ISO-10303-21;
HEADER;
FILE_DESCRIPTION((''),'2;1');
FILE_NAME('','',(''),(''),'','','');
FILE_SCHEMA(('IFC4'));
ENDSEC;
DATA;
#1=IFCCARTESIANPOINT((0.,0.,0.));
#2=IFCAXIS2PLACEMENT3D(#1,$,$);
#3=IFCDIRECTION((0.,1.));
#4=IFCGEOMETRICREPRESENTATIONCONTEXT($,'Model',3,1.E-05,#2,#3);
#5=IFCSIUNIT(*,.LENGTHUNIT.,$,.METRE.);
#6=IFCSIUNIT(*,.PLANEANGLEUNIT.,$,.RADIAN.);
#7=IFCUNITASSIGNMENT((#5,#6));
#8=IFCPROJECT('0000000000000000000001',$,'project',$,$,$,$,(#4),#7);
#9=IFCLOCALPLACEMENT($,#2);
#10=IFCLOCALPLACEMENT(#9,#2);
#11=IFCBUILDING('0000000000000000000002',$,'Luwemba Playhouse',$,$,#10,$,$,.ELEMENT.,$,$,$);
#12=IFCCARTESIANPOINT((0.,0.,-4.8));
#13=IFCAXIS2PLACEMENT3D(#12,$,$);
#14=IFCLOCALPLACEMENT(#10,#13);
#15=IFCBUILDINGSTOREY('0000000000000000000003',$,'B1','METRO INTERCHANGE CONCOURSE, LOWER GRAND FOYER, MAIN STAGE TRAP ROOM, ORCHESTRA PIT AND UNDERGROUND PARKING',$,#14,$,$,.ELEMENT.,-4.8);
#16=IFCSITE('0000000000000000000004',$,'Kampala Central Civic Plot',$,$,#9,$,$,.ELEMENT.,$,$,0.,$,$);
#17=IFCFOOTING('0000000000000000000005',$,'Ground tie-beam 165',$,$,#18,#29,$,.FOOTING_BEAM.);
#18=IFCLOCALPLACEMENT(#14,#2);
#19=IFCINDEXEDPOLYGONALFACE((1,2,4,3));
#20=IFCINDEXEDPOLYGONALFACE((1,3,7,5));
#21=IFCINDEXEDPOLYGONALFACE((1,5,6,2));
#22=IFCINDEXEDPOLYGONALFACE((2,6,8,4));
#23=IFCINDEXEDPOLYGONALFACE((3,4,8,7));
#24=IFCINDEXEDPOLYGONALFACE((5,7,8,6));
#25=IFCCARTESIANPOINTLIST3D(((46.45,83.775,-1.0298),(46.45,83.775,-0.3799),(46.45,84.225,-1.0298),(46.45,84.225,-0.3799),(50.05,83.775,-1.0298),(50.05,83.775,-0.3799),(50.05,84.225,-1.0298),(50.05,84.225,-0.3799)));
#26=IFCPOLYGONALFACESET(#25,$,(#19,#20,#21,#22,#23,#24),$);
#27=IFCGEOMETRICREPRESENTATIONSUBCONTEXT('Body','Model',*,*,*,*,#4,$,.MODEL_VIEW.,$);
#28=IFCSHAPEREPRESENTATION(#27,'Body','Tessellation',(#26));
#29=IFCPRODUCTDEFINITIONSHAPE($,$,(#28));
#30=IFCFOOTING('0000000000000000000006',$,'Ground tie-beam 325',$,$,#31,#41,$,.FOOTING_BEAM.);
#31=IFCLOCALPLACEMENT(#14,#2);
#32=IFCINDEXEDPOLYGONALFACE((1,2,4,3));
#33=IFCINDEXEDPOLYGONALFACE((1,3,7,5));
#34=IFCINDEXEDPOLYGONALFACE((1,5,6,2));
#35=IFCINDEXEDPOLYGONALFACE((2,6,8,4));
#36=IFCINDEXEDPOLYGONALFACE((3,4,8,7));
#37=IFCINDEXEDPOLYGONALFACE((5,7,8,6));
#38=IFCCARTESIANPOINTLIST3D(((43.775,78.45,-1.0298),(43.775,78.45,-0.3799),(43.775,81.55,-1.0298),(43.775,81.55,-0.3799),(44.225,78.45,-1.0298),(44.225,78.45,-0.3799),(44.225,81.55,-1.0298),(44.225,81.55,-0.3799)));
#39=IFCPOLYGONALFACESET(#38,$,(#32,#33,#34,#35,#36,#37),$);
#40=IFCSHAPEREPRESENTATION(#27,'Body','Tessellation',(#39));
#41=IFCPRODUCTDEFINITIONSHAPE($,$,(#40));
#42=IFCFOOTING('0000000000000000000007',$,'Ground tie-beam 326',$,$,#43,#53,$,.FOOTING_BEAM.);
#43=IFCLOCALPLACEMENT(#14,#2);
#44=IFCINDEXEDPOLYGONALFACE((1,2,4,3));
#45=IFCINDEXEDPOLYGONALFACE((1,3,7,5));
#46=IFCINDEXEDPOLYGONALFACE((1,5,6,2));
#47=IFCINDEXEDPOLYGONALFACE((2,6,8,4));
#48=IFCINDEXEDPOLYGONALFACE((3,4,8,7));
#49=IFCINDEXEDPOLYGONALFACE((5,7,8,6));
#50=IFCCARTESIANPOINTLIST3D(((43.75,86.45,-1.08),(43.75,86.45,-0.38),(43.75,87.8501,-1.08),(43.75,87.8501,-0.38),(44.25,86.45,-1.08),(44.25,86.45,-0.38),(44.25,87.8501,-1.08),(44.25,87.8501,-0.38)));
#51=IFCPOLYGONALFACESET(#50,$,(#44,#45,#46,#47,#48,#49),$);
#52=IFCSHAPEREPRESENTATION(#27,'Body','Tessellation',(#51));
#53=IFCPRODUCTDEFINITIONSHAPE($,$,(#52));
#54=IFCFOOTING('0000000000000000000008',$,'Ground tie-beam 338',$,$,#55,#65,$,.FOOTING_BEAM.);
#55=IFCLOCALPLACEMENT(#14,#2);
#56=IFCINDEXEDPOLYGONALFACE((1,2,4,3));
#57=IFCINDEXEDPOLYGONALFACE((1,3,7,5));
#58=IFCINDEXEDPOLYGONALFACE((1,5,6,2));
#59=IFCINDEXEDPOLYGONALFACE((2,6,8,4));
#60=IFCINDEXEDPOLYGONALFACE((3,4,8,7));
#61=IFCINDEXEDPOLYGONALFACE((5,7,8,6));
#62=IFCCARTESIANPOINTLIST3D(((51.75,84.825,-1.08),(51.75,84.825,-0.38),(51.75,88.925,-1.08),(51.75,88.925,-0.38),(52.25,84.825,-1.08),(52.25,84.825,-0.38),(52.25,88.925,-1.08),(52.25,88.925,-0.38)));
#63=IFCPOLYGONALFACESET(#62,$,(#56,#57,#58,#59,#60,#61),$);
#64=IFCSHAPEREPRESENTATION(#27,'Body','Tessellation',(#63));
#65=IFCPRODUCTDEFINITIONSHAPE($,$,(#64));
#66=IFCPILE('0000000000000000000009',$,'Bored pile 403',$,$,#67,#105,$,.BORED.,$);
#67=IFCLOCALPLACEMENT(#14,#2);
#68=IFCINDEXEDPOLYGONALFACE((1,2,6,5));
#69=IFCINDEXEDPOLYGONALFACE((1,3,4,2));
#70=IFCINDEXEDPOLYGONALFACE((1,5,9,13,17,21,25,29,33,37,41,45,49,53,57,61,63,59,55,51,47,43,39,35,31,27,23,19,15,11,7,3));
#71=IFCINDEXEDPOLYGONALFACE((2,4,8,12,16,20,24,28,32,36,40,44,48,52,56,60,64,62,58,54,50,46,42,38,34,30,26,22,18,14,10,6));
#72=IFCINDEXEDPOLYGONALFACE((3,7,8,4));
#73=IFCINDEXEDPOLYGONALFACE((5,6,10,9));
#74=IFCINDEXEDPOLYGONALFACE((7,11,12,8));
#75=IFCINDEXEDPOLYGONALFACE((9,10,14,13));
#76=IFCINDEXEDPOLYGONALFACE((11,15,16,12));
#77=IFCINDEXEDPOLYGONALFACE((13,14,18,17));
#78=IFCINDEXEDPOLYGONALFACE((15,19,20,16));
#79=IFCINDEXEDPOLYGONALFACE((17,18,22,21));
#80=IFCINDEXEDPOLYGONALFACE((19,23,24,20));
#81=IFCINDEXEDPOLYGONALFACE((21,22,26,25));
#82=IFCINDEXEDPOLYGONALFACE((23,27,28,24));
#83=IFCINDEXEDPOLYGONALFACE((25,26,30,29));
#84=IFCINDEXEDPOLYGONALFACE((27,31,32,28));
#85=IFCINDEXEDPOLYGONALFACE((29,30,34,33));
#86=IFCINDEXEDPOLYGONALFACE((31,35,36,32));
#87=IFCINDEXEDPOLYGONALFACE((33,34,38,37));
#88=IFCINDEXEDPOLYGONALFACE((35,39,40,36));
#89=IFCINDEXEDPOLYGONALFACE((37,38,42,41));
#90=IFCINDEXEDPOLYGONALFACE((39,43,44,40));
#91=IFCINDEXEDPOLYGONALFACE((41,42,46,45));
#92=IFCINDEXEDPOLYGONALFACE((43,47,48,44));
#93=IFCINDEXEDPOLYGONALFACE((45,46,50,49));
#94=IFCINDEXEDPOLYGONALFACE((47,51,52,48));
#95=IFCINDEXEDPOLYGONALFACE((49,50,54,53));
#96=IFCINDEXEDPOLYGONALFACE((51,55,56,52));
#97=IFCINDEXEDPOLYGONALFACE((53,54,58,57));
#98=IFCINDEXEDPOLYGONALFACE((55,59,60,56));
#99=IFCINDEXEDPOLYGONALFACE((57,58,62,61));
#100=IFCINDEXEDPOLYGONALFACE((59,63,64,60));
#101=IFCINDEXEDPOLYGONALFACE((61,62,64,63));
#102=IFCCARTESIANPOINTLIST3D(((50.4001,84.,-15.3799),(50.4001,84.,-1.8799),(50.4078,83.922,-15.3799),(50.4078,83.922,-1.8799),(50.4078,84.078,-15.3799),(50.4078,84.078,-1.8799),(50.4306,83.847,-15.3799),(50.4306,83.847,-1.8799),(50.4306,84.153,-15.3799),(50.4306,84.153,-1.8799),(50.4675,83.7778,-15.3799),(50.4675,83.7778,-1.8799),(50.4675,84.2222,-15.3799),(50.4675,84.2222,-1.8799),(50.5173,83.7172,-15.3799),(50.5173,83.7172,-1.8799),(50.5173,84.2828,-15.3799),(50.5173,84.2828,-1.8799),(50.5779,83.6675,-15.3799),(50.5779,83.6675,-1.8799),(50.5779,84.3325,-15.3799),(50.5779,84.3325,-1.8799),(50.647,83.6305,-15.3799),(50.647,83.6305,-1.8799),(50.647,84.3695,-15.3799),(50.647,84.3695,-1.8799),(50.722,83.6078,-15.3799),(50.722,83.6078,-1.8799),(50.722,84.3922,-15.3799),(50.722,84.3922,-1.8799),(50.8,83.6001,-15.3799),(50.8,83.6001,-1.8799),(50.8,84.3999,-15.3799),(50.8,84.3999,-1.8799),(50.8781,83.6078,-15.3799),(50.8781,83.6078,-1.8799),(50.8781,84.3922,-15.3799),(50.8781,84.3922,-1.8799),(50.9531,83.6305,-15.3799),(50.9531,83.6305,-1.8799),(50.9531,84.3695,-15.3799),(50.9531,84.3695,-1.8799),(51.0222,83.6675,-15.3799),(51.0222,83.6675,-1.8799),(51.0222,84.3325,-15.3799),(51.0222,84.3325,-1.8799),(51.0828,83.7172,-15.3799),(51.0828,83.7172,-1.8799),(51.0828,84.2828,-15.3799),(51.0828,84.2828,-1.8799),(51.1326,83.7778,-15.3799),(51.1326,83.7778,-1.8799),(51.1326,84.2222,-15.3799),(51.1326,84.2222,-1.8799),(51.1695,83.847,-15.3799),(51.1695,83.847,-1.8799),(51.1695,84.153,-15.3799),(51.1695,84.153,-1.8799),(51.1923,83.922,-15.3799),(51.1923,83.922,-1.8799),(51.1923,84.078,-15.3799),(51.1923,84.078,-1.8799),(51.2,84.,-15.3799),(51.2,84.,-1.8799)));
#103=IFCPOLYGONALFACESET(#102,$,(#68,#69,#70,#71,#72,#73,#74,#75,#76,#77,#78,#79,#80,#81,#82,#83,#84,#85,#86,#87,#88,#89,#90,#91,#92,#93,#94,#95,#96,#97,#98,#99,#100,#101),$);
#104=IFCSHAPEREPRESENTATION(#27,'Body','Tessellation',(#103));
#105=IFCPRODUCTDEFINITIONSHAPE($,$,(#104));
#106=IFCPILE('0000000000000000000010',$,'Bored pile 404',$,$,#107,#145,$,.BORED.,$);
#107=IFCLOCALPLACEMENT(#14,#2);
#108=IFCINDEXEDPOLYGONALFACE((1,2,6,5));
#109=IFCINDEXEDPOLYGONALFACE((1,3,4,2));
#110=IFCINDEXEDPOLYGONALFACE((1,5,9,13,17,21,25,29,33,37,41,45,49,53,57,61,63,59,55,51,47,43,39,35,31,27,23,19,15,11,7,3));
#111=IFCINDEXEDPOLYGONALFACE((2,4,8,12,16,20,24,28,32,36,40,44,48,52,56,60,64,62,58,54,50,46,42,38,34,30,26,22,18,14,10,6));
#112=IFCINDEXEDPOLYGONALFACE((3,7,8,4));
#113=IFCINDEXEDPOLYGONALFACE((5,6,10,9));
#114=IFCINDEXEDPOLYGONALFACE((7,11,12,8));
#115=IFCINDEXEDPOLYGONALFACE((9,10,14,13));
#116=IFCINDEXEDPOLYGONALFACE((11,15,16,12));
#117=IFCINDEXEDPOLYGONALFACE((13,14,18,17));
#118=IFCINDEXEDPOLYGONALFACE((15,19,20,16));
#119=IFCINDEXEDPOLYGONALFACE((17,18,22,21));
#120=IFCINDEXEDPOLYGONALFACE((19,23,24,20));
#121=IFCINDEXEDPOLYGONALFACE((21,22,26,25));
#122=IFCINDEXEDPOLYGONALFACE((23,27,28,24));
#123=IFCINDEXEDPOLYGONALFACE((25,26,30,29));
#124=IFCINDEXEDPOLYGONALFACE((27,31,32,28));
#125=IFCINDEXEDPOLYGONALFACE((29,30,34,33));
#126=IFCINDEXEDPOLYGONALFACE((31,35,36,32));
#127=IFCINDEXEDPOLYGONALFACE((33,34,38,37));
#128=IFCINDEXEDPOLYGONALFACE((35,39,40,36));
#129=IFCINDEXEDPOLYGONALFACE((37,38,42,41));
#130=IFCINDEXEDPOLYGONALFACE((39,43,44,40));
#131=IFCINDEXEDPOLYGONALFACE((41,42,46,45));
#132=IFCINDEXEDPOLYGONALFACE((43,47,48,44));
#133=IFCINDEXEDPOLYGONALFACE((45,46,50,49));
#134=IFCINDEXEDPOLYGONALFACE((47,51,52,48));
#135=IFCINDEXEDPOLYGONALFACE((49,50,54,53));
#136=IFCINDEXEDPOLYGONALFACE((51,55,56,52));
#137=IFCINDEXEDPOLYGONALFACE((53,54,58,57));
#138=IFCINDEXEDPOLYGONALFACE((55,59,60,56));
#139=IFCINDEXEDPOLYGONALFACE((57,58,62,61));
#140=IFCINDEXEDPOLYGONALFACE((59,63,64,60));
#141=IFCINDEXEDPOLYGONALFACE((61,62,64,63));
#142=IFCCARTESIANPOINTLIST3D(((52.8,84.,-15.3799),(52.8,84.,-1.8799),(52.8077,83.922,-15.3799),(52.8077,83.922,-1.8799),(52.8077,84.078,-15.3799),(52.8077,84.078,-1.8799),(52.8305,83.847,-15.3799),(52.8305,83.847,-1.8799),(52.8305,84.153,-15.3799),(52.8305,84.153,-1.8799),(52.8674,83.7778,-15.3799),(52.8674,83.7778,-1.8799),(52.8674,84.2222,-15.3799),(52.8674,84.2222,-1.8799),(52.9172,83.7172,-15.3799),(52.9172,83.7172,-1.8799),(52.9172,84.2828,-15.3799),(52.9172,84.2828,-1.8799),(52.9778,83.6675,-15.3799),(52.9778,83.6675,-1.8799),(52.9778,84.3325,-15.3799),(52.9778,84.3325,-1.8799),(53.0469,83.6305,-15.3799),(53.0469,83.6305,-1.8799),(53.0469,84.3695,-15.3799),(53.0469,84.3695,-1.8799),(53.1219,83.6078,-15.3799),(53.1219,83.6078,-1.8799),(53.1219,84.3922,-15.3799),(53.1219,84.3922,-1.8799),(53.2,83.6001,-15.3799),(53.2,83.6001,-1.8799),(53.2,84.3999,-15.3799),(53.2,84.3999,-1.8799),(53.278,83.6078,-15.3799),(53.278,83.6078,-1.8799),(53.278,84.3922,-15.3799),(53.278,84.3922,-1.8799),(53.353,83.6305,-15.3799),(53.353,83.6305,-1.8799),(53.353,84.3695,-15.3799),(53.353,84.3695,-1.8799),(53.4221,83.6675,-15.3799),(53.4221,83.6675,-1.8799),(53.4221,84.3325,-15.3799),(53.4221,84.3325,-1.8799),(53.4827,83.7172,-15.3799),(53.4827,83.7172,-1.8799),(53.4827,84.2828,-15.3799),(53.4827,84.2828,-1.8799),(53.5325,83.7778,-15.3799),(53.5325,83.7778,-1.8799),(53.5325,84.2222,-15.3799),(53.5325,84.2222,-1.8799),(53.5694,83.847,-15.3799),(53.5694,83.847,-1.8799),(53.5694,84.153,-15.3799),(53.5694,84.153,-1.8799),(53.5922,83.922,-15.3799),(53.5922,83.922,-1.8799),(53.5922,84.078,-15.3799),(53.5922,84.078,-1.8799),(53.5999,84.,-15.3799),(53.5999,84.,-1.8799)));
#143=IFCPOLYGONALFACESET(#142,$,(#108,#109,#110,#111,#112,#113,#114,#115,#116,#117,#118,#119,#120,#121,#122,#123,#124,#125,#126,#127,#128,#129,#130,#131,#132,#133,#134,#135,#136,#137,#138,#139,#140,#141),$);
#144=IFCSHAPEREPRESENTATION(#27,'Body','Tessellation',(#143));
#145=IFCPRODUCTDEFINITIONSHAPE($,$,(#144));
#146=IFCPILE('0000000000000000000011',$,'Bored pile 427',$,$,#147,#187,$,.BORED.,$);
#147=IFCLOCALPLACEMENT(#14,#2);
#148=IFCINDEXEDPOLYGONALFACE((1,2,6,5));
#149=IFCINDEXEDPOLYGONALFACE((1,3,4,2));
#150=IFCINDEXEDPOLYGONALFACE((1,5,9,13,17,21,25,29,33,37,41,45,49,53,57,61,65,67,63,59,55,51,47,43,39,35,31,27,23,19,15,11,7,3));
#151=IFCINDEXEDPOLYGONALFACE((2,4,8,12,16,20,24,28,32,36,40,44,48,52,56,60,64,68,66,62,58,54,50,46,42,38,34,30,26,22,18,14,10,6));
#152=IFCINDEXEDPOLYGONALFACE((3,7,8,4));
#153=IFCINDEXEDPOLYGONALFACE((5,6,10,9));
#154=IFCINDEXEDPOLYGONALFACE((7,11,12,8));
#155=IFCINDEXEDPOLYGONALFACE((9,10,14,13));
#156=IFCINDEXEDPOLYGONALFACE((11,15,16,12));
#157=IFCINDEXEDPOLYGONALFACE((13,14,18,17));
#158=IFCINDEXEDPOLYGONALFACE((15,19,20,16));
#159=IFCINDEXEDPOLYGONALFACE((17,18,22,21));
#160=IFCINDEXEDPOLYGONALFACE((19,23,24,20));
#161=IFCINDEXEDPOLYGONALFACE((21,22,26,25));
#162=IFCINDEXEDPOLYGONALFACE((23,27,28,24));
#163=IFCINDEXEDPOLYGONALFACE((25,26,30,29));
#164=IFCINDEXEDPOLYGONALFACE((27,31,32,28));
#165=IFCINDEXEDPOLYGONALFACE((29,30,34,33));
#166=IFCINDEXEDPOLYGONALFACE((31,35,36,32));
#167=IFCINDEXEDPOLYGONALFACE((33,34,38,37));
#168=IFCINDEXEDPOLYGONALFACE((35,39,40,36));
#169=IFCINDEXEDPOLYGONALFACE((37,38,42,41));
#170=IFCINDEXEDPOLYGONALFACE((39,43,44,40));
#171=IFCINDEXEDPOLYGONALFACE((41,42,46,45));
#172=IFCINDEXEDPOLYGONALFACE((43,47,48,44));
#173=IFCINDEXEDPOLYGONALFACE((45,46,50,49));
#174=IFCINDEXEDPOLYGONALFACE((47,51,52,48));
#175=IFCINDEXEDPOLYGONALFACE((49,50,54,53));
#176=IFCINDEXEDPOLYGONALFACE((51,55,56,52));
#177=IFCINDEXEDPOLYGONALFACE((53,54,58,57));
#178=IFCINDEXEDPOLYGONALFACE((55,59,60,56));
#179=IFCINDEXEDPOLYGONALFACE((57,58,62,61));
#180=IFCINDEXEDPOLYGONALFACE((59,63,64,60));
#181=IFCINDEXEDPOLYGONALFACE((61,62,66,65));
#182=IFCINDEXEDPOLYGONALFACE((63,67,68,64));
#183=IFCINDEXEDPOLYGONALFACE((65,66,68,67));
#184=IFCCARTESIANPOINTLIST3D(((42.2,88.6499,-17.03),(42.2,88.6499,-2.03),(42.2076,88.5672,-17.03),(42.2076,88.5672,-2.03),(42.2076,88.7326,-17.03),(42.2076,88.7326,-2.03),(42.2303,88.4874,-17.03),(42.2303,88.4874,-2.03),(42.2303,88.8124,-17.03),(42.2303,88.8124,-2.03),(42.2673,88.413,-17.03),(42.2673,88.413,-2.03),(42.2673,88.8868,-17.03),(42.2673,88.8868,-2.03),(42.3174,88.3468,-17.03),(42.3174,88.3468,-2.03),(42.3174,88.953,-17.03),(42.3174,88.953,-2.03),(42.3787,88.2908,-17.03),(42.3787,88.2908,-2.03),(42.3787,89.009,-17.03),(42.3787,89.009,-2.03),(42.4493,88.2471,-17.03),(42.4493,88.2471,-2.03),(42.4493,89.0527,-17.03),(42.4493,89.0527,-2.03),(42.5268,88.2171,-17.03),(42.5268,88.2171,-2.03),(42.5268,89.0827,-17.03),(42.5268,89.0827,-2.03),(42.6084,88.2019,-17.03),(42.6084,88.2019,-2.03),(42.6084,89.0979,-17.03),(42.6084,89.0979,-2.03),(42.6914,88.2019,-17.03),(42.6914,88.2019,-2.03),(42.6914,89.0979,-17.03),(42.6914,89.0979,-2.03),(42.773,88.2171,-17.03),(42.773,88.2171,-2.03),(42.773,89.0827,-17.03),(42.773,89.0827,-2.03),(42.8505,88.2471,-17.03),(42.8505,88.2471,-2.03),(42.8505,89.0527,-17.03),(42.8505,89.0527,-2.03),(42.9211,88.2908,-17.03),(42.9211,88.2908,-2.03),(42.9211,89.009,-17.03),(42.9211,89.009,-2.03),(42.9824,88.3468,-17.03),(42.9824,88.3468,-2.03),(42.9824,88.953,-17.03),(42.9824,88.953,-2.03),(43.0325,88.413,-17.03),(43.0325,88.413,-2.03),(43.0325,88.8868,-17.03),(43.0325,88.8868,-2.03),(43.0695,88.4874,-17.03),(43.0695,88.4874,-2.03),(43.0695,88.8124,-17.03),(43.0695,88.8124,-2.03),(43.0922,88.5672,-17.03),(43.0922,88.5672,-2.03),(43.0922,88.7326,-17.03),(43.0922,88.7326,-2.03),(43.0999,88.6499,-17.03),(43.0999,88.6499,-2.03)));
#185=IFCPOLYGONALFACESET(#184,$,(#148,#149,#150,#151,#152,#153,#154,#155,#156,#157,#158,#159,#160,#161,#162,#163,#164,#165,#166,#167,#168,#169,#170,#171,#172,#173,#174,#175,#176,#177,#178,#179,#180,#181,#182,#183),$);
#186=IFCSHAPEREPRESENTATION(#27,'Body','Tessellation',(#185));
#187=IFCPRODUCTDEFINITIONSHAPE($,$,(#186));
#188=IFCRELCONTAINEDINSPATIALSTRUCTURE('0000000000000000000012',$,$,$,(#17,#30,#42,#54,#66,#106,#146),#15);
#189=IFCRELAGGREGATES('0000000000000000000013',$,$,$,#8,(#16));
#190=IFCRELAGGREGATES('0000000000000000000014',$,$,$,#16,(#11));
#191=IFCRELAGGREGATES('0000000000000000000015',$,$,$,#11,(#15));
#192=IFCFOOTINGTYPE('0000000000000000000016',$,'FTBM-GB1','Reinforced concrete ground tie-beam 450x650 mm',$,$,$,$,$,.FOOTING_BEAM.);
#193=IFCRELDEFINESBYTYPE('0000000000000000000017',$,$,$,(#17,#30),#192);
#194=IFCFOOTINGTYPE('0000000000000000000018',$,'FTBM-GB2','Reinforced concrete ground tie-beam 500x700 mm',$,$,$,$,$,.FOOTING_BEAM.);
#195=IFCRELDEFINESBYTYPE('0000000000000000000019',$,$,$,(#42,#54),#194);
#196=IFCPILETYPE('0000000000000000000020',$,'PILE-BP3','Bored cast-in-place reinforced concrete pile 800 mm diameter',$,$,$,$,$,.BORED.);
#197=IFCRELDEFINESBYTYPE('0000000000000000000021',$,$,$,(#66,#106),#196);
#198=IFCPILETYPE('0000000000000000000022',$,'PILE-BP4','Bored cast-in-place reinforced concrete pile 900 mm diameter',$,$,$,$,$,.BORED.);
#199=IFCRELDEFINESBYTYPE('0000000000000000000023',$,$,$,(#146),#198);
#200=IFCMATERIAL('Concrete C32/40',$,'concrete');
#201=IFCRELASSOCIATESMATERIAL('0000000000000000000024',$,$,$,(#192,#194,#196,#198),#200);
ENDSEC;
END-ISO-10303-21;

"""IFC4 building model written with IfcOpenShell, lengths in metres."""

from ifc_helpers import new_model, si_unit, direction, frame, origin, origin_2d, place, context, subcontext, project, spatial, rectangle, circle, extrude, material, material_profile, profile_set, type_object, element, save


model = new_model("IFC4")

# Units and contexts
model_context = context("Model", 3, precision=1e-05, world=origin(), true_north=direction((0.0, 1.0)))
body_context = subcontext(model_context, "Body", "Model", "MODEL_VIEW")
ifc_project = project(units=[si_unit("LENGTHUNIT", "METRE"), si_unit("PLANEANGLEUNIT", "RADIAN")], contexts=[model_context])

# Site, building, storey
site_placement = place(None, origin())
site = spatial("IfcSite", under=ifc_project, at=site_placement, Name="Kampala Central Civic Plot", CompositionType="ELEMENT", RefElevation=0.0)
building_placement = place(site_placement, origin())
building = spatial("IfcBuilding", under=site, at=building_placement, Name="Luwemba Playhouse", CompositionType="ELEMENT")
storey_placement = place(building_placement, frame((0.0, 0.0, -4.8)))
storey = spatial("IfcBuildingStorey", under=building, at=storey_placement, Name="B1", Description="METRO INTERCHANGE CONCOURSE, LOWER GRAND FOYER, MAIN STAGE TRAP ROOM, ORCHESTRA PIT AND UNDERGROUND PARKING", CompositionType="ELEMENT", Elevation=-4.8)

# Footings
ifc_material_1 = material(Name="Concrete C32/40", Category="concrete")
ifc_material_profile_1 = material_profile(ifc_material_1, rectangle(XDim=0.45, YDim=0.6499, at=origin_2d()))
ifc_profile_set_1 = profile_set([ifc_material_profile_1], Name="Concrete C32/40")
footing_type_1 = type_object("IfcFootingType", Name="FTBM-GB1", Description="Reinforced concrete ground tie-beam 450x650 mm", PredefinedType="FOOTING_BEAM", material=ifc_profile_set_1)
footing_1_placement = place(storey_placement, frame((46.45, 84.0, -0.7048), z_axis=(1.0, 0.0, 0.0), x_axis=(0.0, 1.0, 0.0)))
element("IfcFooting", 1, at=footing_1_placement, inside=storey, type_object=footing_type_1, Name="Ground tie-beam 165", PredefinedType="FOOTING_BEAM", context=body_context, shape_type="SweptSolid", body=[
    extrude(rectangle(XDim=0.45, YDim=0.6499, at=origin_2d()), origin(), (0.0, 0.0, 1.0), 3.6001),
])
footing_2_placement = place(storey_placement, frame((44.0, 78.45, -0.7048), z_axis=(0.0, 1.0, 0.0), x_axis=(-1.0, 0.0, 0.0)))
element("IfcFooting", 2, at=footing_2_placement, inside=storey, type_object=footing_type_1, Name="Ground tie-beam 325", PredefinedType="FOOTING_BEAM", context=body_context, shape_type="SweptSolid", body=[
    extrude(rectangle(XDim=0.45, YDim=0.6499, at=origin_2d()), origin(), (0.0, 0.0, 1.0), 3.1001),
])
ifc_material_profile_2 = material_profile(ifc_material_1, rectangle(XDim=0.5, YDim=0.7, at=origin_2d()))
ifc_profile_set_2 = profile_set([ifc_material_profile_2], Name="Concrete C32/40")
footing_type_2 = type_object("IfcFootingType", Name="FTBM-GB2", Description="Reinforced concrete ground tie-beam 500x700 mm", PredefinedType="FOOTING_BEAM", material=ifc_profile_set_2)
footing_3_placement = place(storey_placement, frame((44.0, 86.45, -0.73), z_axis=(0.0, 1.0, 0.0), x_axis=(-1.0, 0.0, 0.0)))
element("IfcFooting", 3, at=footing_3_placement, inside=storey, type_object=footing_type_2, Name="Ground tie-beam 326", PredefinedType="FOOTING_BEAM", context=body_context, shape_type="SweptSolid", body=[
    extrude(rectangle(XDim=0.5, YDim=0.7, at=origin_2d()), origin(), (0.0, 0.0, 1.0), 1.4001),
])
footing_4_placement = place(storey_placement, frame((52.0, 84.825, -0.73), z_axis=(0.0, 1.0, 0.0), x_axis=(-1.0, 0.0, 0.0)))
element("IfcFooting", 4, at=footing_4_placement, inside=storey, type_object=footing_type_2, Name="Ground tie-beam 338", PredefinedType="FOOTING_BEAM", context=body_context, shape_type="SweptSolid", body=[
    extrude(rectangle(XDim=0.5, YDim=0.7, at=origin_2d()), origin(), (0.0, 0.0, 1.0), 4.1001),
])

# Piles
ifc_material_profile_3 = material_profile(ifc_material_1, circle(Radius=0.3999, at=origin_2d()))
ifc_profile_set_3 = profile_set([ifc_material_profile_3], Name="Concrete C32/40")
pile_type_1 = type_object("IfcPileType", Name="PILE-BP3", Description="Bored cast-in-place reinforced concrete pile 800 mm diameter", PredefinedType="BORED", material=ifc_profile_set_3)
for number, where, z_axis, x_axis, name in (
    (5, (50.8, 84.0, -1.8799), (0.0, 0.0, -1.0), (1.0, 0.0, 0.0), "Bored pile 403"),
    (6, (53.2, 84.0, -1.8799), (0.0, 0.0, -1.0), (1.0, 0.0, 0.0), "Bored pile 404"),
):
    element("IfcPile", number, at=place(storey_placement, frame(where, z_axis=z_axis, x_axis=x_axis)), inside=storey, type_object=pile_type_1, Name=name, PredefinedType="BORED", context=body_context, shape_type="SweptSolid", body=[
        extrude(circle(Radius=0.3999, at=origin_2d()), origin(), (0.0, 0.0, 1.0), 13.5),
    ])
ifc_material_profile_4 = material_profile(ifc_material_1, circle(Radius=0.45, at=origin_2d()))
ifc_profile_set_4 = profile_set([ifc_material_profile_4], Name="Concrete C32/40")
pile_type_2 = type_object("IfcPileType", Name="PILE-BP4", Description="Bored cast-in-place reinforced concrete pile 900 mm diameter", PredefinedType="BORED", material=ifc_profile_set_4)
for number, where, z_axis, x_axis, name in (
    (7, (42.6499, 88.6499, -2.03), (0.0, 0.0, -1.0), (1.0, 0.0, 0.0), "Bored pile 427"),
):
    element("IfcPile", number, at=place(storey_placement, frame(where, z_axis=z_axis, x_axis=x_axis)), inside=storey, type_object=pile_type_2, Name=name, PredefinedType="BORED", context=body_context, shape_type="SweptSolid", body=[
        extrude(circle(Radius=0.45, at=origin_2d()), origin(), (0.0, 0.0, 1.0), 15.0),
    ])

save(model, "model.ifc")
